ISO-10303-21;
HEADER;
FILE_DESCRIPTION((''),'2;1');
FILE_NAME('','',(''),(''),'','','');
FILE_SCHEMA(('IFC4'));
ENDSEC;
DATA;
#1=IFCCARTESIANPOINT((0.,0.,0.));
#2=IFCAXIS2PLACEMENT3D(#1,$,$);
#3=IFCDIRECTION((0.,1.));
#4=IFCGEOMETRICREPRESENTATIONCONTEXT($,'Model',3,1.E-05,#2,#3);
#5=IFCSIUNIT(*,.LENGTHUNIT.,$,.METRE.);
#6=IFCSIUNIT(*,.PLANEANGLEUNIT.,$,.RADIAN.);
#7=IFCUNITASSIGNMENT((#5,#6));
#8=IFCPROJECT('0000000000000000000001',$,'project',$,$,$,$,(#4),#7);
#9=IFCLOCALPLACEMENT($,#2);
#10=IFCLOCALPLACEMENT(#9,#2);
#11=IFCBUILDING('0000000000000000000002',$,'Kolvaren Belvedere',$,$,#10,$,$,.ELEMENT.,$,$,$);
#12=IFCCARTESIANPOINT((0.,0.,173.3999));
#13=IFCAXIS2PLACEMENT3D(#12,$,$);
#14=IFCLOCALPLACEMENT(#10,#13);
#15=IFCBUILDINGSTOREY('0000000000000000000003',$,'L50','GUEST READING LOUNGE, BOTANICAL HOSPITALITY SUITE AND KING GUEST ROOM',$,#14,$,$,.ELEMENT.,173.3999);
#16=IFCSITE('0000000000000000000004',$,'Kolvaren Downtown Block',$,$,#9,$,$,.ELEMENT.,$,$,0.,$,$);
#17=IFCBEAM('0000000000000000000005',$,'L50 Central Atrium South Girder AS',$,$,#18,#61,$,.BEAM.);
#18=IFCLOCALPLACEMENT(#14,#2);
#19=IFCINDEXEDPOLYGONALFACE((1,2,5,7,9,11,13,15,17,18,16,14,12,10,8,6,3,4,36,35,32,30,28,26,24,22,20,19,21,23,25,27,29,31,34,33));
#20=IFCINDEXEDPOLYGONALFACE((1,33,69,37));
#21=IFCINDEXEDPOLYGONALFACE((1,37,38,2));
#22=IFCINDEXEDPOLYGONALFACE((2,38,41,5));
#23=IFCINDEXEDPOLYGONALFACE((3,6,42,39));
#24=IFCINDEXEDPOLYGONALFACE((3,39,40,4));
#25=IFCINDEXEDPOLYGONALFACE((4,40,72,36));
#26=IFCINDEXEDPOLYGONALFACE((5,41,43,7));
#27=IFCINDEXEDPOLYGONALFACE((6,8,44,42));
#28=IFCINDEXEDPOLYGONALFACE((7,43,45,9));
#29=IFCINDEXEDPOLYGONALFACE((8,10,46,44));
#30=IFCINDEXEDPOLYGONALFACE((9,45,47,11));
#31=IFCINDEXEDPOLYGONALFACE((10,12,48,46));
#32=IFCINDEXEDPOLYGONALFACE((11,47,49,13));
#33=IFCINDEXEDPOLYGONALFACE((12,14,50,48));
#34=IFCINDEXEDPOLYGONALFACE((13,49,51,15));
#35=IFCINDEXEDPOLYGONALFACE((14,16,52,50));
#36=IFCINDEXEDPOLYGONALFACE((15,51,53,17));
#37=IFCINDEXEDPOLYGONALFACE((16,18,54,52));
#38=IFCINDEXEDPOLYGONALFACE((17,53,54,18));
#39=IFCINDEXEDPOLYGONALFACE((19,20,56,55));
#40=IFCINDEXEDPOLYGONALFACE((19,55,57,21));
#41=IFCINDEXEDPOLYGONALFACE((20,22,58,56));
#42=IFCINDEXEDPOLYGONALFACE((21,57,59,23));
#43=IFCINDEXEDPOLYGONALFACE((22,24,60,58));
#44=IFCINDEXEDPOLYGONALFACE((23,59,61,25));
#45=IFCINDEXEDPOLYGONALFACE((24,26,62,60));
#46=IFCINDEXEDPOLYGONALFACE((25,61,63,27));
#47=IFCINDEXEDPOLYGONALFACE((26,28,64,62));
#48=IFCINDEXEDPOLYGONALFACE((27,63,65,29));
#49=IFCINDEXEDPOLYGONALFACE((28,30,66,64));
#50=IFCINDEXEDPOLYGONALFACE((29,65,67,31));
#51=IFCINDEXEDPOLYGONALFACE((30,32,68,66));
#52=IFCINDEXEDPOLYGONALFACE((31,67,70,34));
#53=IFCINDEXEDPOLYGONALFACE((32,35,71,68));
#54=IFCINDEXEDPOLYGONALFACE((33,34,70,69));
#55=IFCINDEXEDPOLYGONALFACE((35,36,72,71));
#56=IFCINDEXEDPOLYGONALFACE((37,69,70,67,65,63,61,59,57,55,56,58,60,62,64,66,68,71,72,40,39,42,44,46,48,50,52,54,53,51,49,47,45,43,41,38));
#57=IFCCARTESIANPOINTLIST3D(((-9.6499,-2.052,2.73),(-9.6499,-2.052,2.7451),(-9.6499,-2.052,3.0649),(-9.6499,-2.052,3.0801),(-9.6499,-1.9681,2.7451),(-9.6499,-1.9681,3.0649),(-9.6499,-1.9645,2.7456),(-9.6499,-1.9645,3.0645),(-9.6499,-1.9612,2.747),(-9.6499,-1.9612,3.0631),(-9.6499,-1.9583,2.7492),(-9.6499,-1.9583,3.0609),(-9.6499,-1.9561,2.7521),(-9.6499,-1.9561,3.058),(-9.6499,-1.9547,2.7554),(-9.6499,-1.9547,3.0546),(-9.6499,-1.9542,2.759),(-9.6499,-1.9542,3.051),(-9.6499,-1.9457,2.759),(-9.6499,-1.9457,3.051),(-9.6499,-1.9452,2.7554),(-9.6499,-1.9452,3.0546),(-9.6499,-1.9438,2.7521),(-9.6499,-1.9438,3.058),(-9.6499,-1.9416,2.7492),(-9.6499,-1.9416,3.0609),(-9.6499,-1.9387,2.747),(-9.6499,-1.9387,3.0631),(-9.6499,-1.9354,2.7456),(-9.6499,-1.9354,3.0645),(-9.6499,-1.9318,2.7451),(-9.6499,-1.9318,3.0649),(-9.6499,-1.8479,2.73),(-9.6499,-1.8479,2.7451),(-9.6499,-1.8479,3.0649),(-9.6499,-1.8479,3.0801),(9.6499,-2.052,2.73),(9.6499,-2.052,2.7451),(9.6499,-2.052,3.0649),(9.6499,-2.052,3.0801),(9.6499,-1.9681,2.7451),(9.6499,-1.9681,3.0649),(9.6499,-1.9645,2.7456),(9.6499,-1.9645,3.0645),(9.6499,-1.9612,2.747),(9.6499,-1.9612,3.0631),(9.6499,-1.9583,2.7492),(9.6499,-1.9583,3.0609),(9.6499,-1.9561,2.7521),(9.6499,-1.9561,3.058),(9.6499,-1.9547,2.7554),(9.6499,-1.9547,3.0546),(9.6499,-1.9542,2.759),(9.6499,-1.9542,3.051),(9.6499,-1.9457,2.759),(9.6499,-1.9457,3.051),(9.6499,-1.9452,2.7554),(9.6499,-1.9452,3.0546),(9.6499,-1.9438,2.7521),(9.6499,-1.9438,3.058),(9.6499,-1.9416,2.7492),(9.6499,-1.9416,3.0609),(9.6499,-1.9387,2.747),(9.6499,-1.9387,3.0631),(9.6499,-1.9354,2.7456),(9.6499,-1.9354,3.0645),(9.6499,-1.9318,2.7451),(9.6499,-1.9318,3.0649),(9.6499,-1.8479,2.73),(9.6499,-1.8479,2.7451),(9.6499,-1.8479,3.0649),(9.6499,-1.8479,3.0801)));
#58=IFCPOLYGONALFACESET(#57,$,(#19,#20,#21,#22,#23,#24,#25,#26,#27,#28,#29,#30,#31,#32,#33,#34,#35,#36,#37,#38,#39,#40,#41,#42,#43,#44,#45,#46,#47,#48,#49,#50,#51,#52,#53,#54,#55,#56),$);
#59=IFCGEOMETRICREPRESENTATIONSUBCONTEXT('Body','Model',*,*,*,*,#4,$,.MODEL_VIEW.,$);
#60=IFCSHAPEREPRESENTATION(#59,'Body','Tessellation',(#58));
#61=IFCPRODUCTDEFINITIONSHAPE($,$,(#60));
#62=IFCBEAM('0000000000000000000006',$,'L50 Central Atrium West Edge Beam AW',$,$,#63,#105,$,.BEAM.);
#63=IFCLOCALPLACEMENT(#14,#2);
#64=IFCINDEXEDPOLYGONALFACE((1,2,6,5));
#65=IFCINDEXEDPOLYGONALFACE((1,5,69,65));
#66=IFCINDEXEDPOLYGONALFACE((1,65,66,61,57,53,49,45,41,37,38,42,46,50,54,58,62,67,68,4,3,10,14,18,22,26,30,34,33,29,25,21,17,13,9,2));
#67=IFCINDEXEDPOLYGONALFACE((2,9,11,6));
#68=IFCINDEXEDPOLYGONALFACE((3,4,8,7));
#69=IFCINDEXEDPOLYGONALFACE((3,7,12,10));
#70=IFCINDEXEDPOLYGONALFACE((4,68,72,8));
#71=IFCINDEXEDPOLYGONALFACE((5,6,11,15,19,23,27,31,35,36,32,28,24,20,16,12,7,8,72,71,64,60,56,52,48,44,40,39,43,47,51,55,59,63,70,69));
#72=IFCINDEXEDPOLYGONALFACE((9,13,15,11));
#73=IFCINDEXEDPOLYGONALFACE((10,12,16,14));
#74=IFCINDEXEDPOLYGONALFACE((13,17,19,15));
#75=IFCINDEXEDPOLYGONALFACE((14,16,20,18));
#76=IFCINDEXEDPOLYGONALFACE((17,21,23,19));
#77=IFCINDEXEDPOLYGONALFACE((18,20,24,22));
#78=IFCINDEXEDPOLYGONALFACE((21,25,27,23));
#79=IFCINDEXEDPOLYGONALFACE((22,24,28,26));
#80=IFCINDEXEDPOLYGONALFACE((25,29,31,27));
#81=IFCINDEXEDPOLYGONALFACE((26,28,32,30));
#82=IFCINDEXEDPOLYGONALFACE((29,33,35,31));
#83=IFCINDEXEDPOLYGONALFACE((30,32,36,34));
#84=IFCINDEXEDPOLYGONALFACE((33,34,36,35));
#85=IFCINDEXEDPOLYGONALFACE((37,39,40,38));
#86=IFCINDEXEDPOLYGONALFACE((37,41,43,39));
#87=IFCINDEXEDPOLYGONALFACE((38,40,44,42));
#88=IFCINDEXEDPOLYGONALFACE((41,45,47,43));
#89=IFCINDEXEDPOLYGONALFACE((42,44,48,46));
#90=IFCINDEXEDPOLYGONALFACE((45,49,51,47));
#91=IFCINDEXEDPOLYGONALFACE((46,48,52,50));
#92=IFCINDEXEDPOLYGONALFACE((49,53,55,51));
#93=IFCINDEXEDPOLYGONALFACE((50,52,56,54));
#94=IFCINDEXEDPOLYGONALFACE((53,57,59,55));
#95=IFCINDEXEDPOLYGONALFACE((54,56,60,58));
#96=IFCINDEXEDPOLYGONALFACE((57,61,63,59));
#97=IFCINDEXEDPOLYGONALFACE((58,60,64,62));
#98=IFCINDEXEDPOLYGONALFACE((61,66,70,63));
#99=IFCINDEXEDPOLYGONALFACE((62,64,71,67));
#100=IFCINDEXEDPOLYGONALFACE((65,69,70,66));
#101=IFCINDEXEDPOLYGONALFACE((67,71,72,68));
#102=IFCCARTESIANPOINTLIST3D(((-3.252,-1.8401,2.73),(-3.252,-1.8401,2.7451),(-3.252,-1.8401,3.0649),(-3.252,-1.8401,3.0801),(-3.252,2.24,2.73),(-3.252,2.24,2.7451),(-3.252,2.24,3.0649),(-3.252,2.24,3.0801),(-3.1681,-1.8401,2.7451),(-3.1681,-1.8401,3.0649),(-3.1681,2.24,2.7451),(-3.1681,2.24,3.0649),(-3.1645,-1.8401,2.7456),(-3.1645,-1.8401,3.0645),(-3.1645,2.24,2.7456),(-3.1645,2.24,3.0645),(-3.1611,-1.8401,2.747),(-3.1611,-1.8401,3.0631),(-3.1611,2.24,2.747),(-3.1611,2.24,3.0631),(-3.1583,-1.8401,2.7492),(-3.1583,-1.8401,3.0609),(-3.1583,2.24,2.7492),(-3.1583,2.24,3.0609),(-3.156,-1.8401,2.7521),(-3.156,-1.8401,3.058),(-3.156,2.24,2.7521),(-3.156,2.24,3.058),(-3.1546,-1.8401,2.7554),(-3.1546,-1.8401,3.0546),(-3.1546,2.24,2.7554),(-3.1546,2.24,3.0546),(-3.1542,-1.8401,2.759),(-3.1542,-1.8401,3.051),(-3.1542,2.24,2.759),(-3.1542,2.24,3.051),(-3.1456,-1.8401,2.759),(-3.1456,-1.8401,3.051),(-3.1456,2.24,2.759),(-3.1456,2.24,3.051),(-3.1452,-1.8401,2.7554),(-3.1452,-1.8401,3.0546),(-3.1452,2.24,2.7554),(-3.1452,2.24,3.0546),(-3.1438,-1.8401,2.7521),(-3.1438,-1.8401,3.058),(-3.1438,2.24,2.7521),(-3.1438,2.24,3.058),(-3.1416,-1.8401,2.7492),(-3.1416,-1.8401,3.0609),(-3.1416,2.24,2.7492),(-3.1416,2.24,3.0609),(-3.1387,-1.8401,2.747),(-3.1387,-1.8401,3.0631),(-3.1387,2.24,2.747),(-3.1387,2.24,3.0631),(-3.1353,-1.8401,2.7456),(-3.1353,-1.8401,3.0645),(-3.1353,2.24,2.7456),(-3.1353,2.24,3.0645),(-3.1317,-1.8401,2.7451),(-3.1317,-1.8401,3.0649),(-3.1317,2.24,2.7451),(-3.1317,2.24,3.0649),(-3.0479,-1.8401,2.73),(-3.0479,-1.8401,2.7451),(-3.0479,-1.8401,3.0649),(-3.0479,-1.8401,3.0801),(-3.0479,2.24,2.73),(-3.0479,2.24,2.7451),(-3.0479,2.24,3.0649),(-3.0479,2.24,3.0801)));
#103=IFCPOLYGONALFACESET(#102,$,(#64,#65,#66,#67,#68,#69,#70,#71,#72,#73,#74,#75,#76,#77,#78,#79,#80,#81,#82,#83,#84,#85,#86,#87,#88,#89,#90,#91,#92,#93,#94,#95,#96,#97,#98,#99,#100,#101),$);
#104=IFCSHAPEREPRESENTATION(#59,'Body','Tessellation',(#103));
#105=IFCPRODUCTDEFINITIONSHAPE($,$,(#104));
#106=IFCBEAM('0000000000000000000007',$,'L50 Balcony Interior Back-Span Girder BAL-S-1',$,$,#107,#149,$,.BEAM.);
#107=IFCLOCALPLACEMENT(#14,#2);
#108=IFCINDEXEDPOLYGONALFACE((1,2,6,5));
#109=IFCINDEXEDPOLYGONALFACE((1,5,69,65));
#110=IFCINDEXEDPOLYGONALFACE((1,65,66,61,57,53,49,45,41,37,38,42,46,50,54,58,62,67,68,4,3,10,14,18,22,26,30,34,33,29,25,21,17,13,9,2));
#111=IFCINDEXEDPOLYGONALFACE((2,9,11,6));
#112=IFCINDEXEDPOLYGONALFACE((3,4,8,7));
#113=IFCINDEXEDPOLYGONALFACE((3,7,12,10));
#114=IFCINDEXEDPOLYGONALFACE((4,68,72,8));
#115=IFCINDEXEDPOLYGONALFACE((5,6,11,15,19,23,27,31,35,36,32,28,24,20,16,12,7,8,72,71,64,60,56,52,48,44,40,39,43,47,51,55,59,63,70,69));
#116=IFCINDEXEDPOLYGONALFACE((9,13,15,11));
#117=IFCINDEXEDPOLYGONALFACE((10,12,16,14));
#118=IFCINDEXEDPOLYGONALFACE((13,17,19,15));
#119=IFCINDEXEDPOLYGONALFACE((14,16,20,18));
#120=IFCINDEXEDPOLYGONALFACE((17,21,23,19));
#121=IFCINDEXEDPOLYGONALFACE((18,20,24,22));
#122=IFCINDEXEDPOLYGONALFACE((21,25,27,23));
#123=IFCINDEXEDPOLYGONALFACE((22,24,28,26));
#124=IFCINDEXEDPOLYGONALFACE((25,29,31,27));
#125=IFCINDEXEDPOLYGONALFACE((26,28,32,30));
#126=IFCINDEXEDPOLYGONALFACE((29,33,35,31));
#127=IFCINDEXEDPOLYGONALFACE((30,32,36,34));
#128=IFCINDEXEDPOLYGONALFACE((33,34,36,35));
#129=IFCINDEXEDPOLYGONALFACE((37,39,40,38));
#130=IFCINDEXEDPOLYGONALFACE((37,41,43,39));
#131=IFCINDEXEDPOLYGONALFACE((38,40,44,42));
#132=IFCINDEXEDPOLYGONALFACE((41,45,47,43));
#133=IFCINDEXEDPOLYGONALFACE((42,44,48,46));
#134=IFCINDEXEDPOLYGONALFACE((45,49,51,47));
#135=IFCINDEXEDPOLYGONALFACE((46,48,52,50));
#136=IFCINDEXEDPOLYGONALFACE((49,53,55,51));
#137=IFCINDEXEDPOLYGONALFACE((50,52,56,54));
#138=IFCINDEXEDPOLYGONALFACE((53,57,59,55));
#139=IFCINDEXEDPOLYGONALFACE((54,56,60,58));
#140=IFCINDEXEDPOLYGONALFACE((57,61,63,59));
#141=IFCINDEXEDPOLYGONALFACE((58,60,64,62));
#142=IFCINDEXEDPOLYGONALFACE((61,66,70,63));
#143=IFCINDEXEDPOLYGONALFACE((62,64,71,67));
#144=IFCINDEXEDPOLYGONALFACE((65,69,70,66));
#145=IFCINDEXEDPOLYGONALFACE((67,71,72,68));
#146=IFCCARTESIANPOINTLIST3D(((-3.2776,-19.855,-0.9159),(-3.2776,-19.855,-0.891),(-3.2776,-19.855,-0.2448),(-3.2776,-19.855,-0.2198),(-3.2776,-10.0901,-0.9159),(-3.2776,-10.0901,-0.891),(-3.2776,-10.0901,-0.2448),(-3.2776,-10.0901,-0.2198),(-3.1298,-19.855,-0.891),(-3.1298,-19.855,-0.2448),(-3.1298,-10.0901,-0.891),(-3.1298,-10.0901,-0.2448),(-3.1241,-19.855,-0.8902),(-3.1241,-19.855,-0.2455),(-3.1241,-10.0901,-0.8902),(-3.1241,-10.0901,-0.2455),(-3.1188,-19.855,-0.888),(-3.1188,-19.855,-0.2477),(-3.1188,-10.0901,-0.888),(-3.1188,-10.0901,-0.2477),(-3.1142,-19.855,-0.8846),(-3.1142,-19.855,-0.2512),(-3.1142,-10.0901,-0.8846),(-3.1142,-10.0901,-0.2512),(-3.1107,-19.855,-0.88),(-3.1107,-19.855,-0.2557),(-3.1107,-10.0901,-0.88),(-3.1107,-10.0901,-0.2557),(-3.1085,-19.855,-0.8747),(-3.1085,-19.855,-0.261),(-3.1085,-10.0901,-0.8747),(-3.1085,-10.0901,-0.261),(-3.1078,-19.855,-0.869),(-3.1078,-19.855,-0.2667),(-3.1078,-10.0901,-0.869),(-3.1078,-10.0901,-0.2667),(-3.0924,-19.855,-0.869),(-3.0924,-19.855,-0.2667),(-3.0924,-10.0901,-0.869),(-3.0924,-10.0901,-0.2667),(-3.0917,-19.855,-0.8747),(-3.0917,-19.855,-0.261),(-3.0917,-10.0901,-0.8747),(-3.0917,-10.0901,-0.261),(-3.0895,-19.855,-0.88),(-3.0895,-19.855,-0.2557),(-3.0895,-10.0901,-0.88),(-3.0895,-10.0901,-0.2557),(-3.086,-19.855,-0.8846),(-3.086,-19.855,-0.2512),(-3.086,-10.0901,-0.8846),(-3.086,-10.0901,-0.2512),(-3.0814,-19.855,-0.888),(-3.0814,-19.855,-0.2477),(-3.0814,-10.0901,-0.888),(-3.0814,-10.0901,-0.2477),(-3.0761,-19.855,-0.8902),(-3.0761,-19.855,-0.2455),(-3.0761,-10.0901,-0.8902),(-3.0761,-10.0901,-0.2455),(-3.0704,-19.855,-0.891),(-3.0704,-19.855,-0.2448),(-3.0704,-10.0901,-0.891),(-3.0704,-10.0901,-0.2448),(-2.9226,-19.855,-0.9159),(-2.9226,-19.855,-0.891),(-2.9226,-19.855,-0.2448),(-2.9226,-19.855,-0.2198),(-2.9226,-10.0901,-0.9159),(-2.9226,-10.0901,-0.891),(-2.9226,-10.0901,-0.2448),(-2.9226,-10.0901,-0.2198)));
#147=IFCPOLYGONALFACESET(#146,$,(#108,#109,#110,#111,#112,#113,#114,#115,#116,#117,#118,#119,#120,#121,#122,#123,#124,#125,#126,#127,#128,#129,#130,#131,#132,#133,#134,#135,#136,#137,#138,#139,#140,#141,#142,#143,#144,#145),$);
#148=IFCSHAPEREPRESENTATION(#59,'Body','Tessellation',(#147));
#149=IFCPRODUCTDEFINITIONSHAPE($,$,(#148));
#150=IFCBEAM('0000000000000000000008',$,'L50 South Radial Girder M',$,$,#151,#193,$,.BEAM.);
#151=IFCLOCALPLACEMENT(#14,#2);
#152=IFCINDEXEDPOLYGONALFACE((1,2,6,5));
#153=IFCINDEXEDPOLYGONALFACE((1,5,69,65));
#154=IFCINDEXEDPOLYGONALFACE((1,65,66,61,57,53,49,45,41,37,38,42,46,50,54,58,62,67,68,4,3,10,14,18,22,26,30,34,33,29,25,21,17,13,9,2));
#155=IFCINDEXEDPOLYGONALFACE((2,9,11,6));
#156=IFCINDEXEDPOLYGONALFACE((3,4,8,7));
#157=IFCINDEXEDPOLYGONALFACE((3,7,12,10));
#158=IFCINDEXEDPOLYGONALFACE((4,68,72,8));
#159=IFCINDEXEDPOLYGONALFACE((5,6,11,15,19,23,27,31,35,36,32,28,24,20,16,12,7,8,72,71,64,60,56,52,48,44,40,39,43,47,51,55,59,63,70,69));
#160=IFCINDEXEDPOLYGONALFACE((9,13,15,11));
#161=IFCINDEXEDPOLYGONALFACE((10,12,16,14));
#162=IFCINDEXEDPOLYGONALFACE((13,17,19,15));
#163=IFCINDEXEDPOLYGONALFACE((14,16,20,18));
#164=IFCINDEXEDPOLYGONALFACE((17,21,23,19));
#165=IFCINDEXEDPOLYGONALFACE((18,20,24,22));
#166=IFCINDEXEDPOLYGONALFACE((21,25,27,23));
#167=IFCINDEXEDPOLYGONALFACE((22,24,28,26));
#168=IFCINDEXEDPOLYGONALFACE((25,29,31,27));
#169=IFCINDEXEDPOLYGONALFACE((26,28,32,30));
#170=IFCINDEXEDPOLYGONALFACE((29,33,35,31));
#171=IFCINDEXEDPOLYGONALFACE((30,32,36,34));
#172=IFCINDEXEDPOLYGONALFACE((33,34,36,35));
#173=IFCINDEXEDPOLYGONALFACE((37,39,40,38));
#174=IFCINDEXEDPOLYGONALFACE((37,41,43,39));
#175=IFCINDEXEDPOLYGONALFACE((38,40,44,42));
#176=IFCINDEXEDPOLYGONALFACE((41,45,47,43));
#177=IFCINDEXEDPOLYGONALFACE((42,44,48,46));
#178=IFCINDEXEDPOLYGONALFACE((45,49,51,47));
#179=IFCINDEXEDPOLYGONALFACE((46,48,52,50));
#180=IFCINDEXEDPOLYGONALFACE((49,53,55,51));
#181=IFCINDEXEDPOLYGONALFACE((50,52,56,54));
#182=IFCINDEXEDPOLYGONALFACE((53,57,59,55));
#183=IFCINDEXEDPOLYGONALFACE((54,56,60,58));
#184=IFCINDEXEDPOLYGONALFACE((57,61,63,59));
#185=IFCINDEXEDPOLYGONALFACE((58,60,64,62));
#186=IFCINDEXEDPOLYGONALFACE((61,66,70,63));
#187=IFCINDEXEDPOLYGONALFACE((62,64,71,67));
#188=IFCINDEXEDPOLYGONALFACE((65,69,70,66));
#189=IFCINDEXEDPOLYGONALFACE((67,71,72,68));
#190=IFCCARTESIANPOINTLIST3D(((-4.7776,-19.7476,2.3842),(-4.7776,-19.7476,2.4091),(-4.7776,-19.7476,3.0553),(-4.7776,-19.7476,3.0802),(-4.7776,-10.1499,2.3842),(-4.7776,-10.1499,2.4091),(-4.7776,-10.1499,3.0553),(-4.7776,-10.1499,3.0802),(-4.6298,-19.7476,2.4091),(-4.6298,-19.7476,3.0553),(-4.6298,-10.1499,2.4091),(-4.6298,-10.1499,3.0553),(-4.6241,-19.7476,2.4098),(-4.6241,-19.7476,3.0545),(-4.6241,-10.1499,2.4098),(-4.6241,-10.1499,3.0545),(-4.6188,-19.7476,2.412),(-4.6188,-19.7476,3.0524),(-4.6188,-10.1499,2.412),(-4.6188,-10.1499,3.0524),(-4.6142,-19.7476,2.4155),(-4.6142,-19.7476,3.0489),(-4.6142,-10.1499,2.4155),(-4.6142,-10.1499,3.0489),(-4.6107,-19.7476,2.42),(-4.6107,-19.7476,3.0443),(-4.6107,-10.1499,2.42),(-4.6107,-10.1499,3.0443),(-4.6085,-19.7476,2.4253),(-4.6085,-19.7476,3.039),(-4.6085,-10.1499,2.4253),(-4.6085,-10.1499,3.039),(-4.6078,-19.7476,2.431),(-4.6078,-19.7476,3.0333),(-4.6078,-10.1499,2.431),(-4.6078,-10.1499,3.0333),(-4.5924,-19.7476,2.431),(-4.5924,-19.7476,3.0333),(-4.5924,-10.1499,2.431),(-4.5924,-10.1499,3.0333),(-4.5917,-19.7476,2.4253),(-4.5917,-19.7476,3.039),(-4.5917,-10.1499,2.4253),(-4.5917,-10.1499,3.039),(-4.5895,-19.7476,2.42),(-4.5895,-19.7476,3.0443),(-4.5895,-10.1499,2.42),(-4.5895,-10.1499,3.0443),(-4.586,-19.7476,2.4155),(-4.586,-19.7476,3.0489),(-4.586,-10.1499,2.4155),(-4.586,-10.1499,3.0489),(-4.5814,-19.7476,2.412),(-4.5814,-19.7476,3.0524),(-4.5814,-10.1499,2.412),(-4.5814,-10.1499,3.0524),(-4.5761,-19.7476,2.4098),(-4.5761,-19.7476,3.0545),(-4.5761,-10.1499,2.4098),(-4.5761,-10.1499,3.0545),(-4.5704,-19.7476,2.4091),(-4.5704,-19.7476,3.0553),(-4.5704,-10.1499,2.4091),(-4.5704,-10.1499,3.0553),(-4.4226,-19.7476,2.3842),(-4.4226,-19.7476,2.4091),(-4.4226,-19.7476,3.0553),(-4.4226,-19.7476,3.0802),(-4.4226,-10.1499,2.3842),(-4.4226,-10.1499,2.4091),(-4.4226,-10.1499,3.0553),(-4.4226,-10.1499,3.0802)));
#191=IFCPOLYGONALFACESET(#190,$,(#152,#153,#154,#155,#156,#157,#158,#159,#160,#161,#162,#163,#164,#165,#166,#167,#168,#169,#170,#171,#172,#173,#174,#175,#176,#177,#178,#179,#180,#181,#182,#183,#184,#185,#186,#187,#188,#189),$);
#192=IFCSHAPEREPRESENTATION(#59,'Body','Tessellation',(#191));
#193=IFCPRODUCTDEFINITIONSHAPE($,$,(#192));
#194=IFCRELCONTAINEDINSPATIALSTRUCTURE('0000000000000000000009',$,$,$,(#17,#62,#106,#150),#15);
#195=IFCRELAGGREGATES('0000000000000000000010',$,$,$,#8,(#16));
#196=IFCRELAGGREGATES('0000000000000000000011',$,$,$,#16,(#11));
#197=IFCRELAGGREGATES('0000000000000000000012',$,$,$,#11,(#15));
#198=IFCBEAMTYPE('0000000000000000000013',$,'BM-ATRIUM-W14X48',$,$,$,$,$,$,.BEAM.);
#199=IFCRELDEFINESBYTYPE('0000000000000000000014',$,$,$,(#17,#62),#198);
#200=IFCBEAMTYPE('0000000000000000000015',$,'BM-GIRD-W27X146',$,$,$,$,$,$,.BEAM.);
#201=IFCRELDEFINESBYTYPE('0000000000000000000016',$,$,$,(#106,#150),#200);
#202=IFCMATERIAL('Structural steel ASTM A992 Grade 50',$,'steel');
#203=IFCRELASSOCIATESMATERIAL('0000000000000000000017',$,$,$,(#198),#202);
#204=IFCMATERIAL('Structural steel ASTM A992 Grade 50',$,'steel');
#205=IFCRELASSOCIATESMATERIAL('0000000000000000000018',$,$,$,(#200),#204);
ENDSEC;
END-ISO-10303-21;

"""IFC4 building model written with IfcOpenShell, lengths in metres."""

from ifc_helpers import new_model, si_unit, direction, frame, origin, origin_2d, place, context, subcontext, project, spatial, i_section, extrude, material, material_profile, profile_set, type_object, element, save


model = new_model("IFC4")

# Units and contexts
model_context = context("Model", 3, precision=1e-05, world=origin(), true_north=direction((0.0, 1.0)))
body_context = subcontext(model_context, "Body", "Model", "MODEL_VIEW")
ifc_project = project(units=[si_unit("LENGTHUNIT", "METRE"), si_unit("PLANEANGLEUNIT", "RADIAN")], contexts=[model_context])

# Site, building, storey
site_placement = place(None, origin())
site = spatial("IfcSite", under=ifc_project, at=site_placement, Name="Kolvaren Downtown Block", CompositionType="ELEMENT", RefElevation=0.0)
building_placement = place(site_placement, origin())
building = spatial("IfcBuilding", under=site, at=building_placement, Name="Kolvaren Belvedere", CompositionType="ELEMENT")
storey_placement = place(building_placement, frame((0.0, 0.0, 173.3999)))
storey = spatial("IfcBuildingStorey", under=building, at=storey_placement, Name="L50", Description="GUEST READING LOUNGE, BOTANICAL HOSPITALITY SUITE AND KING GUEST ROOM", CompositionType="ELEMENT", Elevation=173.3999)

# Beams
ifc_material_1 = material(Name="Structural steel ASTM A992 Grade 50", Category="steel")
ifc_material_profile_1 = material_profile(ifc_material_1, i_section(OverallWidth=0.2041, OverallDepth=0.3501, WebThickness=0.0085, FlangeThickness=0.0151, FilletRadius=0.0139, at=origin_2d()), Name="W14X48")
ifc_profile_set_1 = profile_set([ifc_material_profile_1], Name="Structural steel ASTM A992 Grade 50")
beam_type_1 = type_object("IfcBeamType", Name="BM-ATRIUM-W14X48", PredefinedType="BEAM", material=ifc_profile_set_1)
beam_1_placement = place(storey_placement, frame((-9.6499, -1.95, 2.905), z_axis=(1.0, 0.0, 0.0), x_axis=(0.0, 1.0, 0.0)))
element("IfcBeam", 1, at=beam_1_placement, inside=storey, type_object=beam_type_1, Name="L50 Central Atrium South Girder AS", PredefinedType="BEAM", context=body_context, shape_type="SweptSolid", body=[
    extrude(i_section(OverallWidth=0.2041, OverallDepth=0.3501, WebThickness=0.0085, FlangeThickness=0.0151, FilletRadius=0.0139, at=origin_2d()), origin(), (0.0, 0.0, 1.0), 19.2998),
])
beam_2_placement = place(storey_placement, frame((-3.1499, -1.8401, 2.905), z_axis=(0.0, 1.0, 0.0), x_axis=(-1.0, 0.0, 0.0)))
element("IfcBeam", 2, at=beam_2_placement, inside=storey, type_object=beam_type_1, Name="L50 Central Atrium West Edge Beam AW", PredefinedType="BEAM", context=body_context, shape_type="SweptSolid", body=[
    extrude(i_section(OverallWidth=0.2041, OverallDepth=0.3501, WebThickness=0.0085, FlangeThickness=0.0151, FilletRadius=0.0139, at=origin_2d()), origin(), (0.0, 0.0, 1.0), 4.0801),
])
ifc_material_2 = material(Name="Structural steel ASTM A992 Grade 50", Category="steel")
ifc_material_profile_2 = material_profile(ifc_material_2, i_section(OverallWidth=0.355, OverallDepth=0.696, WebThickness=0.0154, FlangeThickness=0.0249, FilletRadius=0.022, at=origin_2d()), Name="W27X146")
ifc_profile_set_2 = profile_set([ifc_material_profile_2], Name="Structural steel ASTM A992 Grade 50")
beam_type_2 = type_object("IfcBeamType", Name="BM-GIRD-W27X146", PredefinedType="BEAM", material=ifc_profile_set_2)
beam_3_placement = place(storey_placement, frame((-3.1001, -10.0901, -0.5679), z_axis=(0.0, -1.0, 0.0), x_axis=(1.0, 0.0, 0.0)))
element("IfcBeam", 3, at=beam_3_placement, inside=storey, type_object=beam_type_2, Name="L50 Balcony Interior Back-Span Girder BAL-S-1", PredefinedType="BEAM", context=body_context, shape_type="SweptSolid", body=[
    extrude(i_section(OverallWidth=0.355, OverallDepth=0.696, WebThickness=0.0154, FlangeThickness=0.0249, FilletRadius=0.022, at=origin_2d()), origin(), (0.0, 0.0, 1.0), 9.7649),
])
beam_4_placement = place(storey_placement, frame((-4.6001, -10.1499, 2.7322), z_axis=(0.0, -1.0, 0.0), x_axis=(1.0, 0.0, 0.0)))
element("IfcBeam", 4, at=beam_4_placement, inside=storey, type_object=beam_type_2, Name="L50 South Radial Girder M", PredefinedType="BEAM", context=body_context, shape_type="SweptSolid", body=[
    extrude(i_section(OverallWidth=0.355, OverallDepth=0.696, WebThickness=0.0154, FlangeThickness=0.0249, FilletRadius=0.022, at=origin_2d()), origin(), (0.0, 0.0, 1.0), 9.5977),
])

save(model, "model.ifc")
